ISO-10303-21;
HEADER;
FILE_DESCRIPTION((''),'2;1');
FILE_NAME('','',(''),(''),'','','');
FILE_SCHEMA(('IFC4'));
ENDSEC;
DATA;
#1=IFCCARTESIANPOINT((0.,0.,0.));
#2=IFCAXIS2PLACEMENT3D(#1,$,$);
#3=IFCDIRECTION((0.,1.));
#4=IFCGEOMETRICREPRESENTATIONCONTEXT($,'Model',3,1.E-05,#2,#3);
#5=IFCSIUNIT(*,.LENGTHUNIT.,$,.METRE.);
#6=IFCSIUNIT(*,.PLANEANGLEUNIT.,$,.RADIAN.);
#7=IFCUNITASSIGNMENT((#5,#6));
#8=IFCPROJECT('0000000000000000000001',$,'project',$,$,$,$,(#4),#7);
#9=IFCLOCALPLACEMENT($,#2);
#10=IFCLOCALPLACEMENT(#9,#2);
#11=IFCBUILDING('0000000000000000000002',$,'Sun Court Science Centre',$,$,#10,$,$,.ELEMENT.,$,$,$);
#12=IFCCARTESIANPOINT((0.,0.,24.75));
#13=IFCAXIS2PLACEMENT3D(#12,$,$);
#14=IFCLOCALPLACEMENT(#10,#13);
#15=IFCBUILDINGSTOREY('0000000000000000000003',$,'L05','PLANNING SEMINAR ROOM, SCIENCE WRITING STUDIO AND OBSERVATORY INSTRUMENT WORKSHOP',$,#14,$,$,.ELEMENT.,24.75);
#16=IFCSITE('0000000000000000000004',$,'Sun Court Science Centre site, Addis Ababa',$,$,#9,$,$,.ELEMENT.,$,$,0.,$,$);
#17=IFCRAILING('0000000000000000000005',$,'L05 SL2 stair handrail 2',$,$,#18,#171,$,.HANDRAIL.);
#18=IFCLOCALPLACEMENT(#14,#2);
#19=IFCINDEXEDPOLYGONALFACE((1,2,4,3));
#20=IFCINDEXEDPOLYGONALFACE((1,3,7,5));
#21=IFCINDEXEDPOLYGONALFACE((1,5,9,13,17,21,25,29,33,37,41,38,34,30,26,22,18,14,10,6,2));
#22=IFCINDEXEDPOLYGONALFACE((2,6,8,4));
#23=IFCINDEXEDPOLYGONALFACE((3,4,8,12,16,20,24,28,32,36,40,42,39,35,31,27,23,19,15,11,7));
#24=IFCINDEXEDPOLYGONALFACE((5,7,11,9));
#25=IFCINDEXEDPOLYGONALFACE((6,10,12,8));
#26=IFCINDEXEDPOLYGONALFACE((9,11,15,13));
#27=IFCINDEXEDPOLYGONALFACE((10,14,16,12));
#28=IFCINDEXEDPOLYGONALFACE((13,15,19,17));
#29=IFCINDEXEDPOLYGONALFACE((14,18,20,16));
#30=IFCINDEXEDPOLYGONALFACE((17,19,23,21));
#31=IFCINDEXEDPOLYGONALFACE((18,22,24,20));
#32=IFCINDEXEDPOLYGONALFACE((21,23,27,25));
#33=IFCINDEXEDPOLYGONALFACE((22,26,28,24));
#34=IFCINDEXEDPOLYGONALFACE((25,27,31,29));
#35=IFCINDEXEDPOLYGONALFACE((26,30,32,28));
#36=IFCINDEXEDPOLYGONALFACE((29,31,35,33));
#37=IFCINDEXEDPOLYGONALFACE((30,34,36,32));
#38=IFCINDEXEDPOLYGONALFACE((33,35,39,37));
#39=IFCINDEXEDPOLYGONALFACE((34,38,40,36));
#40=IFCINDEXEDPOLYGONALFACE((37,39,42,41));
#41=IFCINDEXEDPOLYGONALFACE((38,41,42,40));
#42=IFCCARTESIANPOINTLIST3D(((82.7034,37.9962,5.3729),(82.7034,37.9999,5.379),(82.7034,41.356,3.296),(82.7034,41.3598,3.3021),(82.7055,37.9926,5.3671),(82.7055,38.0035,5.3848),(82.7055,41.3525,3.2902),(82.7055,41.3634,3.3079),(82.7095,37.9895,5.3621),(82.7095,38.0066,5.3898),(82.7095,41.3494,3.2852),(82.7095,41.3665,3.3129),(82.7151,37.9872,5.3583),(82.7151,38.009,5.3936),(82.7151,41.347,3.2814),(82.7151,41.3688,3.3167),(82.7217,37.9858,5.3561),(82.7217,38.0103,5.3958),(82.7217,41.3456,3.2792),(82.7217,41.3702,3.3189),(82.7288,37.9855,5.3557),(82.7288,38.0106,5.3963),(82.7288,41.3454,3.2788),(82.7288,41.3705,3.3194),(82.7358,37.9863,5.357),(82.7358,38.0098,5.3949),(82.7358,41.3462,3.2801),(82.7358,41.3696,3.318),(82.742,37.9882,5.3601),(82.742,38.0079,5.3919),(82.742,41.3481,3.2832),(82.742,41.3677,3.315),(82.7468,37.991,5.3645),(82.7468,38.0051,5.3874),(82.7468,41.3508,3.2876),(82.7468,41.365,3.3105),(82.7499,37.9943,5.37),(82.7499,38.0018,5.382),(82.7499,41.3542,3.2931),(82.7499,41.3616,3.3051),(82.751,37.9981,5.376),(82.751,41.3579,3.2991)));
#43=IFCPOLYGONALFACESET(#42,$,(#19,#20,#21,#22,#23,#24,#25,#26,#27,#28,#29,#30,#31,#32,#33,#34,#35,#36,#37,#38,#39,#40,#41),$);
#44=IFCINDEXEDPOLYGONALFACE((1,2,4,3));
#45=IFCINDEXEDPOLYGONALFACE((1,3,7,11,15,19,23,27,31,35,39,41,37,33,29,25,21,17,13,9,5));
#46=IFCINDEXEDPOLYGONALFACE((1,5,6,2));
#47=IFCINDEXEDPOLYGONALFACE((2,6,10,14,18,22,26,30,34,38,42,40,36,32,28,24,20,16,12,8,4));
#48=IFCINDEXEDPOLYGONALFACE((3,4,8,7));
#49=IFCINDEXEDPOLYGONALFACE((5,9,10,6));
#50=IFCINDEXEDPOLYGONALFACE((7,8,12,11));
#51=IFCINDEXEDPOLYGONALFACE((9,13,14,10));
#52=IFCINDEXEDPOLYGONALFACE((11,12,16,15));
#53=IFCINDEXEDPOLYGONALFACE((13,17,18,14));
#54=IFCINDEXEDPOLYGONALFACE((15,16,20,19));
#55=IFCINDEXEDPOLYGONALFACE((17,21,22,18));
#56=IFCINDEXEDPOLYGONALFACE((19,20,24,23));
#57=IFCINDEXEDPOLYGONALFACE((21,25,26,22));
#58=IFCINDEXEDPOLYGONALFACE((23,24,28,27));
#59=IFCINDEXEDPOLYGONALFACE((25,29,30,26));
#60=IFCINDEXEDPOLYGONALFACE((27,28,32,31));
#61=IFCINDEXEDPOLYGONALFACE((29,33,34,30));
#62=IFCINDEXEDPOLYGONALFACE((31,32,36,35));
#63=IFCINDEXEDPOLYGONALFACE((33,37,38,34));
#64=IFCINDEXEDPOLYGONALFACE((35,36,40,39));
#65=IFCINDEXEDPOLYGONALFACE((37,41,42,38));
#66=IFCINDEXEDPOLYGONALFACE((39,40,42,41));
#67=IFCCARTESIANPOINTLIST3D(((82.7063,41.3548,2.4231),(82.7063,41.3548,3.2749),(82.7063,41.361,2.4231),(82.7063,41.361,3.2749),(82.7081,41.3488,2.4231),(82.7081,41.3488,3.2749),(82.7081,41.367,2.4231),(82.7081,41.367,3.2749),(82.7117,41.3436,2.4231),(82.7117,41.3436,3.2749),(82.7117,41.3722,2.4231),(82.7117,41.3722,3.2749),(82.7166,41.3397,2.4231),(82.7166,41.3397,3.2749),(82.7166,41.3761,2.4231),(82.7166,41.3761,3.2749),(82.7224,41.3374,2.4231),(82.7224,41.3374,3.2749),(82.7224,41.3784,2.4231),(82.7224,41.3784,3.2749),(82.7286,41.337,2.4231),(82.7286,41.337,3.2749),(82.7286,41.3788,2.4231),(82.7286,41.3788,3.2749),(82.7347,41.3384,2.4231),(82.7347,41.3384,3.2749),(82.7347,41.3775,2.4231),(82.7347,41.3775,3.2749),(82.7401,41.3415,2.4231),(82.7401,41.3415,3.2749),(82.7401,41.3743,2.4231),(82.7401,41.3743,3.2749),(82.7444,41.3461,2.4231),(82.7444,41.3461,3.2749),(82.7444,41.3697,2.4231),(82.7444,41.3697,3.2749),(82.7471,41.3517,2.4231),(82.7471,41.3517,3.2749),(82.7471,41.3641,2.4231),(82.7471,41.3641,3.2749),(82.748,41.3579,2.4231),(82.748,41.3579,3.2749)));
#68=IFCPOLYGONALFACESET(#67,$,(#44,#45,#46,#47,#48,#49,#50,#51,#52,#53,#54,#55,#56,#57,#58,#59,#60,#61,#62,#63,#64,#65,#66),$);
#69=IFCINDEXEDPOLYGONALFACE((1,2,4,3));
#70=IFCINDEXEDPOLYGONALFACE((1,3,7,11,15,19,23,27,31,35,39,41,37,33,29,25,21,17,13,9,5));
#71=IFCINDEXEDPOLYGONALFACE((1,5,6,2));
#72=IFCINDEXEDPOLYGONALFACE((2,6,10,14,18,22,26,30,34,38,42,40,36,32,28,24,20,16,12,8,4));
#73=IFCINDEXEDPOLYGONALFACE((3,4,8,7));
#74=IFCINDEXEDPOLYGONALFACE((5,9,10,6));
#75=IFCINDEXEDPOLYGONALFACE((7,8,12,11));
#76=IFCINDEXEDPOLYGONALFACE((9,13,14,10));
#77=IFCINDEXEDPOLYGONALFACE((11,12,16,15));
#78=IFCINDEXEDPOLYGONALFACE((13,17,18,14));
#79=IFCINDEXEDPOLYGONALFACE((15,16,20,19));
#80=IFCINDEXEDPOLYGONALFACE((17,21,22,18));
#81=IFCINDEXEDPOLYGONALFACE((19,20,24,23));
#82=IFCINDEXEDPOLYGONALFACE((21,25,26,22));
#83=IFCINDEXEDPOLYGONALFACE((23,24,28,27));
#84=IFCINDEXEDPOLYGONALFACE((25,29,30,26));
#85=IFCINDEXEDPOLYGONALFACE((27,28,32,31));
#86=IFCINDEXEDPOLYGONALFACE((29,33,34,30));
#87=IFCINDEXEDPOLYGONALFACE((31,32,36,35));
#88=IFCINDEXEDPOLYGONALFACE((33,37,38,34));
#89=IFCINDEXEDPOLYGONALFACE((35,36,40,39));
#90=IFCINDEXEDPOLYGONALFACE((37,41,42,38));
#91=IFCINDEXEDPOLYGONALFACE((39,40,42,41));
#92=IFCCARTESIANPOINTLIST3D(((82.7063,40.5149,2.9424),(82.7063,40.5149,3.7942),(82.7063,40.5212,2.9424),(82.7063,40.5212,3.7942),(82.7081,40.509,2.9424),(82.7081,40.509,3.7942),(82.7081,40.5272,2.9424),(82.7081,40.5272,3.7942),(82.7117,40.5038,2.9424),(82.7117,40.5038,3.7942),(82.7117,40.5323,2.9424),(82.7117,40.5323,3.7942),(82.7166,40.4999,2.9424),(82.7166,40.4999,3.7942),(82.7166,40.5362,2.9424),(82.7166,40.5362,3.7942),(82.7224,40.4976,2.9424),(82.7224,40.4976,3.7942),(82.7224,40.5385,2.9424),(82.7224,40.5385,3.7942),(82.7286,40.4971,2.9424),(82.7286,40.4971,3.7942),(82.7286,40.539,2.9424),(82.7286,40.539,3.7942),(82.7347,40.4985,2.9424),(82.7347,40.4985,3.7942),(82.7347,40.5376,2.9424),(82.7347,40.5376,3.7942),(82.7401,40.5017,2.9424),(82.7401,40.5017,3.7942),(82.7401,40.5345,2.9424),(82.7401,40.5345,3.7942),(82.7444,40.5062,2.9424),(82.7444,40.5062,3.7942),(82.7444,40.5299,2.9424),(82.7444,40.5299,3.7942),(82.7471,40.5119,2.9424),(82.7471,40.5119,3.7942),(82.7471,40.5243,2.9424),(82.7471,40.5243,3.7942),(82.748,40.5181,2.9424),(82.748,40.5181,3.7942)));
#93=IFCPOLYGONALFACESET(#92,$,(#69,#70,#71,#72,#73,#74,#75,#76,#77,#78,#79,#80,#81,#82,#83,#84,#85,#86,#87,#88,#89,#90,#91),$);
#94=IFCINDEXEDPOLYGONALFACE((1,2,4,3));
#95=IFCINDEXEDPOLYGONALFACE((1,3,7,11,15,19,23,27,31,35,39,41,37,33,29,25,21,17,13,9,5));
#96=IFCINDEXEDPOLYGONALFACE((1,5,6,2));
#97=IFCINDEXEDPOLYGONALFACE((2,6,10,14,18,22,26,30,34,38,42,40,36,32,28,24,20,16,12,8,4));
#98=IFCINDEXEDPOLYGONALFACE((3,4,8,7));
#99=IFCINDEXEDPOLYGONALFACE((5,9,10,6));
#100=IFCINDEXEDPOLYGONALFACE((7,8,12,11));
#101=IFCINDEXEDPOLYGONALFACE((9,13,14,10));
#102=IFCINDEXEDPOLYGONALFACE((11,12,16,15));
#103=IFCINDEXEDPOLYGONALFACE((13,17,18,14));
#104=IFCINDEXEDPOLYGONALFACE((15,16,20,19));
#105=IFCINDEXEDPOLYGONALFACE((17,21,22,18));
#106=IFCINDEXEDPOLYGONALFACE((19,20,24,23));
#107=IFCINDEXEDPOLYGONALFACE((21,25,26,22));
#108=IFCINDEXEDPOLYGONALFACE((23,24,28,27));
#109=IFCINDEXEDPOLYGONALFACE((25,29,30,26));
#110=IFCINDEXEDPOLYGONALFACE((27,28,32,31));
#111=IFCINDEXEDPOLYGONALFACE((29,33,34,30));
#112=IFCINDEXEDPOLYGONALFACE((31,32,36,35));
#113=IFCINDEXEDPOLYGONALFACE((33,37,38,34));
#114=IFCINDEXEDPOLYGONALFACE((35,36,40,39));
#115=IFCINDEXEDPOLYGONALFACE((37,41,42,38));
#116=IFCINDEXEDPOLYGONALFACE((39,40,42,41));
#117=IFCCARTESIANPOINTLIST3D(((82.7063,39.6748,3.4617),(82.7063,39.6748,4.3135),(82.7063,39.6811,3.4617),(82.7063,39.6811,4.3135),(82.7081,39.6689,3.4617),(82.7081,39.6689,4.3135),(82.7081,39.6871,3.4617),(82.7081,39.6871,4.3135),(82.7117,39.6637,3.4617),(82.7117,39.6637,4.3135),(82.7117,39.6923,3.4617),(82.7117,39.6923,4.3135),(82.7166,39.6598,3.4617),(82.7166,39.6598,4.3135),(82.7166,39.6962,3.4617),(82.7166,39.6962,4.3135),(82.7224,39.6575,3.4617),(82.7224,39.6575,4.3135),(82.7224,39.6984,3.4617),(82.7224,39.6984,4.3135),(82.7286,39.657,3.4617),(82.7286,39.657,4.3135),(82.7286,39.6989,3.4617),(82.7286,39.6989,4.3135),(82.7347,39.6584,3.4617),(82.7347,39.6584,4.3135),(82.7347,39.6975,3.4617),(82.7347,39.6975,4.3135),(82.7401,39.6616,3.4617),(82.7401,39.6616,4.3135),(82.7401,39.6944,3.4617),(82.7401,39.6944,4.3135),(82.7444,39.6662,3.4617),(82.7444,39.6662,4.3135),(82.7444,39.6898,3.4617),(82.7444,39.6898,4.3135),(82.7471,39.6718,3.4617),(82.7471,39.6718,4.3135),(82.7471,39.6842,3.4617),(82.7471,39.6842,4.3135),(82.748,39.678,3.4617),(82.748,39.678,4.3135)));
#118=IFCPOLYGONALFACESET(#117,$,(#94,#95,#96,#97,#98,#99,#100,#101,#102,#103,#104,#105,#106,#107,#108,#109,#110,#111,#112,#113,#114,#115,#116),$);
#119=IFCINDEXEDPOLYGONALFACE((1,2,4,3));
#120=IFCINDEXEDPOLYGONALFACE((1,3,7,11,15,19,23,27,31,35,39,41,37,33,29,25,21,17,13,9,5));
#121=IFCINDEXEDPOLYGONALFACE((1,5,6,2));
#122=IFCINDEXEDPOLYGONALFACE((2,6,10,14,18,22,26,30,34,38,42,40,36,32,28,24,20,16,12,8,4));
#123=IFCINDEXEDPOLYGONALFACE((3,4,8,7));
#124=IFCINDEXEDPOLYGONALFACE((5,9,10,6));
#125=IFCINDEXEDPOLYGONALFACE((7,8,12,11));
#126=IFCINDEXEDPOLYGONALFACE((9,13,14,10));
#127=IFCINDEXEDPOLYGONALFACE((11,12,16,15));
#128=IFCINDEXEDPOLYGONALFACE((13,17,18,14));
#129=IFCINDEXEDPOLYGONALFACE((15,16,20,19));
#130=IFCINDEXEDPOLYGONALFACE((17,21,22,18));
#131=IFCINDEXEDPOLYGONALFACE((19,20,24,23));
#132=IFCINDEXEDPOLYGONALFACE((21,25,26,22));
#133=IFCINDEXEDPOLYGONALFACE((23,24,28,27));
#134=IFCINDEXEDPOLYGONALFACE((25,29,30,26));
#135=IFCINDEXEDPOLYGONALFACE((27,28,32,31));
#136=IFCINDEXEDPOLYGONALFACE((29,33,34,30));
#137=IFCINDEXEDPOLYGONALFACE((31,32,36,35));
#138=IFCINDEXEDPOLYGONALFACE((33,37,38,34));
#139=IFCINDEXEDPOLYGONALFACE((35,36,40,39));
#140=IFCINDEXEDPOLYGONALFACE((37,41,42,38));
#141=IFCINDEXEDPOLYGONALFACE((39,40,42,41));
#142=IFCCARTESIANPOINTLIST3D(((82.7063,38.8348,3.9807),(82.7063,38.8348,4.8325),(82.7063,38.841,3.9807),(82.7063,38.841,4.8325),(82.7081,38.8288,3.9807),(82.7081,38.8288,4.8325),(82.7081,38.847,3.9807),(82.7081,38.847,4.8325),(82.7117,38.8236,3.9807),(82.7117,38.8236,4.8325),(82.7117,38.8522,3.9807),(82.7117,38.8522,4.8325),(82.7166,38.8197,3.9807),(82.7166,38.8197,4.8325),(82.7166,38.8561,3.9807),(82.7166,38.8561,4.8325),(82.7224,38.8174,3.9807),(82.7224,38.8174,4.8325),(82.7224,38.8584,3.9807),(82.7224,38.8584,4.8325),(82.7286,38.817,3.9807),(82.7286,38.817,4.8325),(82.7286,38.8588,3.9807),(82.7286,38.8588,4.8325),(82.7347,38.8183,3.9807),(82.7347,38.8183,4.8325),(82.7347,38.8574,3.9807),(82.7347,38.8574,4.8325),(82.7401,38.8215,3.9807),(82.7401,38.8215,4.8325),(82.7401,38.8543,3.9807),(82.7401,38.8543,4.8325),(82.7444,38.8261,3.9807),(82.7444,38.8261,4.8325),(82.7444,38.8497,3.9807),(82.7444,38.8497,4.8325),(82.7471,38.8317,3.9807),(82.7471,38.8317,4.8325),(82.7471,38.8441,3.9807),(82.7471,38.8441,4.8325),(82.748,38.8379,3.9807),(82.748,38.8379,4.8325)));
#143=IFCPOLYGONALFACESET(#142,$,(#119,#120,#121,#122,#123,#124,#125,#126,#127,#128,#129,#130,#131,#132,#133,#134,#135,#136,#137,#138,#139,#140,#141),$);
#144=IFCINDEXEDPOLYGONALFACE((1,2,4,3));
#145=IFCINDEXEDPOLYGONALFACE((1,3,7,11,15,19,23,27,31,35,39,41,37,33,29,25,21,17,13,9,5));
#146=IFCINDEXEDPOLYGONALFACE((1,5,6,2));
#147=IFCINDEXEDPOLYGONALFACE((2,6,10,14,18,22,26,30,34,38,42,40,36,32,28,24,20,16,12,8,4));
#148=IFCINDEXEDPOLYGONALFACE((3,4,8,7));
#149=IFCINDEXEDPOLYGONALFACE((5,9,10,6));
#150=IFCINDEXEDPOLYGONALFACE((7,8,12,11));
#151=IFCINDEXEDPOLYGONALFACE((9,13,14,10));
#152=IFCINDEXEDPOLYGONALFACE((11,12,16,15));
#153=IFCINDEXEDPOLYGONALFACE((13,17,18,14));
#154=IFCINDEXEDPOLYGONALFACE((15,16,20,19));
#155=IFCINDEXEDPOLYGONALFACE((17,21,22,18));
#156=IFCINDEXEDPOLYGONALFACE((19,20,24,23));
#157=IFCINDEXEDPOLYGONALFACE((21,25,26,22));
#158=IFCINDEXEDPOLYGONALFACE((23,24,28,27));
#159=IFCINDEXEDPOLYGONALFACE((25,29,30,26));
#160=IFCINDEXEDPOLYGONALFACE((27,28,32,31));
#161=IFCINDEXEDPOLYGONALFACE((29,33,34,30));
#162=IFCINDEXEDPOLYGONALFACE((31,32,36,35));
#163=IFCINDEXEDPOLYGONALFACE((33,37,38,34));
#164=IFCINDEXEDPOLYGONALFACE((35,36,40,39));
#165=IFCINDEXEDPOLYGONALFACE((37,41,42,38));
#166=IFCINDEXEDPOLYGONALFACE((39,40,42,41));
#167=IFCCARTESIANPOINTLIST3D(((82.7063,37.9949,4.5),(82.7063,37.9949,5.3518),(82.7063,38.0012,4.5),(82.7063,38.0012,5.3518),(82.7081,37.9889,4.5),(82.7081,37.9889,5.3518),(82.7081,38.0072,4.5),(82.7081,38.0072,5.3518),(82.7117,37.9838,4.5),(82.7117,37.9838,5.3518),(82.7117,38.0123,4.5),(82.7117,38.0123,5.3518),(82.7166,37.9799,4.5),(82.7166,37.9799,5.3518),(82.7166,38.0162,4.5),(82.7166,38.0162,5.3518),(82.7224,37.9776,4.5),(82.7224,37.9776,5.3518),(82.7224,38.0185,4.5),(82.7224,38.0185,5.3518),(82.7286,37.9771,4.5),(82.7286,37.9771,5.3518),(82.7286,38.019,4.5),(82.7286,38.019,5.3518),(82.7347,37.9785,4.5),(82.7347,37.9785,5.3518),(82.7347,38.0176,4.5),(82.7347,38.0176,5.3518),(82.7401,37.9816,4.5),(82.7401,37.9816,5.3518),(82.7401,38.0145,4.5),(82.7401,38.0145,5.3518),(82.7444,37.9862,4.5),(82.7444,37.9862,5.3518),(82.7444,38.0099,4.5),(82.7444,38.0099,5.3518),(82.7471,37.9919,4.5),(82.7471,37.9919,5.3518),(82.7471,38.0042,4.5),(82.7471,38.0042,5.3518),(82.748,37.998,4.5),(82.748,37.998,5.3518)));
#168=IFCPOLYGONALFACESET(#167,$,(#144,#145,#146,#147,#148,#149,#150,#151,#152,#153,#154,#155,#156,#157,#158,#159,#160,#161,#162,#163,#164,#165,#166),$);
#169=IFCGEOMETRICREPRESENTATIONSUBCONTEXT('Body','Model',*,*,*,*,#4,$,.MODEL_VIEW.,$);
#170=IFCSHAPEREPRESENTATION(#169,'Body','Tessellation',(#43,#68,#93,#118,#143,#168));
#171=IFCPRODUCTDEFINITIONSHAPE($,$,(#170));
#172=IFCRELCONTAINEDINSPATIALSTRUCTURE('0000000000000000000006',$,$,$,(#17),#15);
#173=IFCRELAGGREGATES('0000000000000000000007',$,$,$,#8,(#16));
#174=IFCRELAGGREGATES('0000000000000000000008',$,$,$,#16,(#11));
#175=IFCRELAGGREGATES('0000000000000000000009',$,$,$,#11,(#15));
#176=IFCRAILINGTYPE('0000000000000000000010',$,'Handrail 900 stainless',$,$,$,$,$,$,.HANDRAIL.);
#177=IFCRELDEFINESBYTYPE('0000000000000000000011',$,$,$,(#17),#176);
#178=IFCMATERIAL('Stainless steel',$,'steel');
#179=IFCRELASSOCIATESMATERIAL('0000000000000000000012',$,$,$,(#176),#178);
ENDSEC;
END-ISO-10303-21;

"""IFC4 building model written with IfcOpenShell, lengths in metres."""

from ifc_helpers import new_model, si_unit, direction, frame, origin, origin_2d, place, context, subcontext, project, spatial, circle, extrude, material, type_object, element, save


model = new_model("IFC4")

# Units and contexts
model_context = context("Model", 3, precision=1e-05, world=origin(), true_north=direction((0.0, 1.0)))
body_context = subcontext(model_context, "Body", "Model", "MODEL_VIEW")
ifc_project = project(units=[si_unit("LENGTHUNIT", "METRE"), si_unit("PLANEANGLEUNIT", "RADIAN")], contexts=[model_context])

# Site, building, storey
site_placement = place(None, origin())
site = spatial("IfcSite", under=ifc_project, at=site_placement, Name="Sun Court Science Centre site, Addis Ababa", CompositionType="ELEMENT", RefElevation=0.0)
building_placement = place(site_placement, origin())
building = spatial("IfcBuilding", under=site, at=building_placement, Name="Sun Court Science Centre", CompositionType="ELEMENT")
storey_placement = place(building_placement, frame((0.0, 0.0, 24.75)))
storey = spatial("IfcBuildingStorey", under=building, at=storey_placement, Name="L05", Description="PLANNING SEMINAR ROOM, SCIENCE WRITING STUDIO AND OBSERVATORY INSTRUMENT WORKSHOP", CompositionType="ELEMENT", Elevation=24.75)

# Railing
ifc_material_1 = material(Name="Stainless steel", Category="steel")
railing_type_1 = type_object("IfcRailingType", Name="Handrail 900 stainless", PredefinedType="HANDRAIL", material=ifc_material_1)
railing_1_placement = place(storey_placement, frame((82.7271, 41.3579, 2.4231)))
element("IfcRailing", 1, at=railing_1_placement, inside=storey, type_object=railing_type_1, Name="L05 SL2 stair handrail 2", PredefinedType="HANDRAIL", context=body_context, shape_type="SweptSolid", body=[
    extrude(circle(Radius=0.0239, at=origin_2d()), frame((0.0, 0.0, 0.876), z_axis=(0.0, -0.850606, 0.525803), x_axis=(1.0, 0.0, 0.0)), (0.0, 0.0, 1.0), 3.95),
    extrude(circle(Radius=0.021, at=origin_2d()), origin(), (0.0, 0.0, 1.0), 0.8518),
    extrude(circle(Radius=0.021, at=origin_2d()), frame((0.0, -0.8398, 0.5193)), (0.0, 0.0, 1.0), 0.8518),
    extrude(circle(Radius=0.021, at=origin_2d()), frame((0.0, -1.6799, 1.0386)), (0.0, 0.0, 1.0), 0.8518),
    extrude(circle(Radius=0.021, at=origin_2d()), frame((0.0, -2.52, 1.5576)), (0.0, 0.0, 1.0), 0.8518),
    extrude(circle(Radius=0.021, at=origin_2d()), frame((0.0, -3.3599, 2.0769)), (0.0, 0.0, 1.0), 0.8518),
])

save(model, "model.ifc")
